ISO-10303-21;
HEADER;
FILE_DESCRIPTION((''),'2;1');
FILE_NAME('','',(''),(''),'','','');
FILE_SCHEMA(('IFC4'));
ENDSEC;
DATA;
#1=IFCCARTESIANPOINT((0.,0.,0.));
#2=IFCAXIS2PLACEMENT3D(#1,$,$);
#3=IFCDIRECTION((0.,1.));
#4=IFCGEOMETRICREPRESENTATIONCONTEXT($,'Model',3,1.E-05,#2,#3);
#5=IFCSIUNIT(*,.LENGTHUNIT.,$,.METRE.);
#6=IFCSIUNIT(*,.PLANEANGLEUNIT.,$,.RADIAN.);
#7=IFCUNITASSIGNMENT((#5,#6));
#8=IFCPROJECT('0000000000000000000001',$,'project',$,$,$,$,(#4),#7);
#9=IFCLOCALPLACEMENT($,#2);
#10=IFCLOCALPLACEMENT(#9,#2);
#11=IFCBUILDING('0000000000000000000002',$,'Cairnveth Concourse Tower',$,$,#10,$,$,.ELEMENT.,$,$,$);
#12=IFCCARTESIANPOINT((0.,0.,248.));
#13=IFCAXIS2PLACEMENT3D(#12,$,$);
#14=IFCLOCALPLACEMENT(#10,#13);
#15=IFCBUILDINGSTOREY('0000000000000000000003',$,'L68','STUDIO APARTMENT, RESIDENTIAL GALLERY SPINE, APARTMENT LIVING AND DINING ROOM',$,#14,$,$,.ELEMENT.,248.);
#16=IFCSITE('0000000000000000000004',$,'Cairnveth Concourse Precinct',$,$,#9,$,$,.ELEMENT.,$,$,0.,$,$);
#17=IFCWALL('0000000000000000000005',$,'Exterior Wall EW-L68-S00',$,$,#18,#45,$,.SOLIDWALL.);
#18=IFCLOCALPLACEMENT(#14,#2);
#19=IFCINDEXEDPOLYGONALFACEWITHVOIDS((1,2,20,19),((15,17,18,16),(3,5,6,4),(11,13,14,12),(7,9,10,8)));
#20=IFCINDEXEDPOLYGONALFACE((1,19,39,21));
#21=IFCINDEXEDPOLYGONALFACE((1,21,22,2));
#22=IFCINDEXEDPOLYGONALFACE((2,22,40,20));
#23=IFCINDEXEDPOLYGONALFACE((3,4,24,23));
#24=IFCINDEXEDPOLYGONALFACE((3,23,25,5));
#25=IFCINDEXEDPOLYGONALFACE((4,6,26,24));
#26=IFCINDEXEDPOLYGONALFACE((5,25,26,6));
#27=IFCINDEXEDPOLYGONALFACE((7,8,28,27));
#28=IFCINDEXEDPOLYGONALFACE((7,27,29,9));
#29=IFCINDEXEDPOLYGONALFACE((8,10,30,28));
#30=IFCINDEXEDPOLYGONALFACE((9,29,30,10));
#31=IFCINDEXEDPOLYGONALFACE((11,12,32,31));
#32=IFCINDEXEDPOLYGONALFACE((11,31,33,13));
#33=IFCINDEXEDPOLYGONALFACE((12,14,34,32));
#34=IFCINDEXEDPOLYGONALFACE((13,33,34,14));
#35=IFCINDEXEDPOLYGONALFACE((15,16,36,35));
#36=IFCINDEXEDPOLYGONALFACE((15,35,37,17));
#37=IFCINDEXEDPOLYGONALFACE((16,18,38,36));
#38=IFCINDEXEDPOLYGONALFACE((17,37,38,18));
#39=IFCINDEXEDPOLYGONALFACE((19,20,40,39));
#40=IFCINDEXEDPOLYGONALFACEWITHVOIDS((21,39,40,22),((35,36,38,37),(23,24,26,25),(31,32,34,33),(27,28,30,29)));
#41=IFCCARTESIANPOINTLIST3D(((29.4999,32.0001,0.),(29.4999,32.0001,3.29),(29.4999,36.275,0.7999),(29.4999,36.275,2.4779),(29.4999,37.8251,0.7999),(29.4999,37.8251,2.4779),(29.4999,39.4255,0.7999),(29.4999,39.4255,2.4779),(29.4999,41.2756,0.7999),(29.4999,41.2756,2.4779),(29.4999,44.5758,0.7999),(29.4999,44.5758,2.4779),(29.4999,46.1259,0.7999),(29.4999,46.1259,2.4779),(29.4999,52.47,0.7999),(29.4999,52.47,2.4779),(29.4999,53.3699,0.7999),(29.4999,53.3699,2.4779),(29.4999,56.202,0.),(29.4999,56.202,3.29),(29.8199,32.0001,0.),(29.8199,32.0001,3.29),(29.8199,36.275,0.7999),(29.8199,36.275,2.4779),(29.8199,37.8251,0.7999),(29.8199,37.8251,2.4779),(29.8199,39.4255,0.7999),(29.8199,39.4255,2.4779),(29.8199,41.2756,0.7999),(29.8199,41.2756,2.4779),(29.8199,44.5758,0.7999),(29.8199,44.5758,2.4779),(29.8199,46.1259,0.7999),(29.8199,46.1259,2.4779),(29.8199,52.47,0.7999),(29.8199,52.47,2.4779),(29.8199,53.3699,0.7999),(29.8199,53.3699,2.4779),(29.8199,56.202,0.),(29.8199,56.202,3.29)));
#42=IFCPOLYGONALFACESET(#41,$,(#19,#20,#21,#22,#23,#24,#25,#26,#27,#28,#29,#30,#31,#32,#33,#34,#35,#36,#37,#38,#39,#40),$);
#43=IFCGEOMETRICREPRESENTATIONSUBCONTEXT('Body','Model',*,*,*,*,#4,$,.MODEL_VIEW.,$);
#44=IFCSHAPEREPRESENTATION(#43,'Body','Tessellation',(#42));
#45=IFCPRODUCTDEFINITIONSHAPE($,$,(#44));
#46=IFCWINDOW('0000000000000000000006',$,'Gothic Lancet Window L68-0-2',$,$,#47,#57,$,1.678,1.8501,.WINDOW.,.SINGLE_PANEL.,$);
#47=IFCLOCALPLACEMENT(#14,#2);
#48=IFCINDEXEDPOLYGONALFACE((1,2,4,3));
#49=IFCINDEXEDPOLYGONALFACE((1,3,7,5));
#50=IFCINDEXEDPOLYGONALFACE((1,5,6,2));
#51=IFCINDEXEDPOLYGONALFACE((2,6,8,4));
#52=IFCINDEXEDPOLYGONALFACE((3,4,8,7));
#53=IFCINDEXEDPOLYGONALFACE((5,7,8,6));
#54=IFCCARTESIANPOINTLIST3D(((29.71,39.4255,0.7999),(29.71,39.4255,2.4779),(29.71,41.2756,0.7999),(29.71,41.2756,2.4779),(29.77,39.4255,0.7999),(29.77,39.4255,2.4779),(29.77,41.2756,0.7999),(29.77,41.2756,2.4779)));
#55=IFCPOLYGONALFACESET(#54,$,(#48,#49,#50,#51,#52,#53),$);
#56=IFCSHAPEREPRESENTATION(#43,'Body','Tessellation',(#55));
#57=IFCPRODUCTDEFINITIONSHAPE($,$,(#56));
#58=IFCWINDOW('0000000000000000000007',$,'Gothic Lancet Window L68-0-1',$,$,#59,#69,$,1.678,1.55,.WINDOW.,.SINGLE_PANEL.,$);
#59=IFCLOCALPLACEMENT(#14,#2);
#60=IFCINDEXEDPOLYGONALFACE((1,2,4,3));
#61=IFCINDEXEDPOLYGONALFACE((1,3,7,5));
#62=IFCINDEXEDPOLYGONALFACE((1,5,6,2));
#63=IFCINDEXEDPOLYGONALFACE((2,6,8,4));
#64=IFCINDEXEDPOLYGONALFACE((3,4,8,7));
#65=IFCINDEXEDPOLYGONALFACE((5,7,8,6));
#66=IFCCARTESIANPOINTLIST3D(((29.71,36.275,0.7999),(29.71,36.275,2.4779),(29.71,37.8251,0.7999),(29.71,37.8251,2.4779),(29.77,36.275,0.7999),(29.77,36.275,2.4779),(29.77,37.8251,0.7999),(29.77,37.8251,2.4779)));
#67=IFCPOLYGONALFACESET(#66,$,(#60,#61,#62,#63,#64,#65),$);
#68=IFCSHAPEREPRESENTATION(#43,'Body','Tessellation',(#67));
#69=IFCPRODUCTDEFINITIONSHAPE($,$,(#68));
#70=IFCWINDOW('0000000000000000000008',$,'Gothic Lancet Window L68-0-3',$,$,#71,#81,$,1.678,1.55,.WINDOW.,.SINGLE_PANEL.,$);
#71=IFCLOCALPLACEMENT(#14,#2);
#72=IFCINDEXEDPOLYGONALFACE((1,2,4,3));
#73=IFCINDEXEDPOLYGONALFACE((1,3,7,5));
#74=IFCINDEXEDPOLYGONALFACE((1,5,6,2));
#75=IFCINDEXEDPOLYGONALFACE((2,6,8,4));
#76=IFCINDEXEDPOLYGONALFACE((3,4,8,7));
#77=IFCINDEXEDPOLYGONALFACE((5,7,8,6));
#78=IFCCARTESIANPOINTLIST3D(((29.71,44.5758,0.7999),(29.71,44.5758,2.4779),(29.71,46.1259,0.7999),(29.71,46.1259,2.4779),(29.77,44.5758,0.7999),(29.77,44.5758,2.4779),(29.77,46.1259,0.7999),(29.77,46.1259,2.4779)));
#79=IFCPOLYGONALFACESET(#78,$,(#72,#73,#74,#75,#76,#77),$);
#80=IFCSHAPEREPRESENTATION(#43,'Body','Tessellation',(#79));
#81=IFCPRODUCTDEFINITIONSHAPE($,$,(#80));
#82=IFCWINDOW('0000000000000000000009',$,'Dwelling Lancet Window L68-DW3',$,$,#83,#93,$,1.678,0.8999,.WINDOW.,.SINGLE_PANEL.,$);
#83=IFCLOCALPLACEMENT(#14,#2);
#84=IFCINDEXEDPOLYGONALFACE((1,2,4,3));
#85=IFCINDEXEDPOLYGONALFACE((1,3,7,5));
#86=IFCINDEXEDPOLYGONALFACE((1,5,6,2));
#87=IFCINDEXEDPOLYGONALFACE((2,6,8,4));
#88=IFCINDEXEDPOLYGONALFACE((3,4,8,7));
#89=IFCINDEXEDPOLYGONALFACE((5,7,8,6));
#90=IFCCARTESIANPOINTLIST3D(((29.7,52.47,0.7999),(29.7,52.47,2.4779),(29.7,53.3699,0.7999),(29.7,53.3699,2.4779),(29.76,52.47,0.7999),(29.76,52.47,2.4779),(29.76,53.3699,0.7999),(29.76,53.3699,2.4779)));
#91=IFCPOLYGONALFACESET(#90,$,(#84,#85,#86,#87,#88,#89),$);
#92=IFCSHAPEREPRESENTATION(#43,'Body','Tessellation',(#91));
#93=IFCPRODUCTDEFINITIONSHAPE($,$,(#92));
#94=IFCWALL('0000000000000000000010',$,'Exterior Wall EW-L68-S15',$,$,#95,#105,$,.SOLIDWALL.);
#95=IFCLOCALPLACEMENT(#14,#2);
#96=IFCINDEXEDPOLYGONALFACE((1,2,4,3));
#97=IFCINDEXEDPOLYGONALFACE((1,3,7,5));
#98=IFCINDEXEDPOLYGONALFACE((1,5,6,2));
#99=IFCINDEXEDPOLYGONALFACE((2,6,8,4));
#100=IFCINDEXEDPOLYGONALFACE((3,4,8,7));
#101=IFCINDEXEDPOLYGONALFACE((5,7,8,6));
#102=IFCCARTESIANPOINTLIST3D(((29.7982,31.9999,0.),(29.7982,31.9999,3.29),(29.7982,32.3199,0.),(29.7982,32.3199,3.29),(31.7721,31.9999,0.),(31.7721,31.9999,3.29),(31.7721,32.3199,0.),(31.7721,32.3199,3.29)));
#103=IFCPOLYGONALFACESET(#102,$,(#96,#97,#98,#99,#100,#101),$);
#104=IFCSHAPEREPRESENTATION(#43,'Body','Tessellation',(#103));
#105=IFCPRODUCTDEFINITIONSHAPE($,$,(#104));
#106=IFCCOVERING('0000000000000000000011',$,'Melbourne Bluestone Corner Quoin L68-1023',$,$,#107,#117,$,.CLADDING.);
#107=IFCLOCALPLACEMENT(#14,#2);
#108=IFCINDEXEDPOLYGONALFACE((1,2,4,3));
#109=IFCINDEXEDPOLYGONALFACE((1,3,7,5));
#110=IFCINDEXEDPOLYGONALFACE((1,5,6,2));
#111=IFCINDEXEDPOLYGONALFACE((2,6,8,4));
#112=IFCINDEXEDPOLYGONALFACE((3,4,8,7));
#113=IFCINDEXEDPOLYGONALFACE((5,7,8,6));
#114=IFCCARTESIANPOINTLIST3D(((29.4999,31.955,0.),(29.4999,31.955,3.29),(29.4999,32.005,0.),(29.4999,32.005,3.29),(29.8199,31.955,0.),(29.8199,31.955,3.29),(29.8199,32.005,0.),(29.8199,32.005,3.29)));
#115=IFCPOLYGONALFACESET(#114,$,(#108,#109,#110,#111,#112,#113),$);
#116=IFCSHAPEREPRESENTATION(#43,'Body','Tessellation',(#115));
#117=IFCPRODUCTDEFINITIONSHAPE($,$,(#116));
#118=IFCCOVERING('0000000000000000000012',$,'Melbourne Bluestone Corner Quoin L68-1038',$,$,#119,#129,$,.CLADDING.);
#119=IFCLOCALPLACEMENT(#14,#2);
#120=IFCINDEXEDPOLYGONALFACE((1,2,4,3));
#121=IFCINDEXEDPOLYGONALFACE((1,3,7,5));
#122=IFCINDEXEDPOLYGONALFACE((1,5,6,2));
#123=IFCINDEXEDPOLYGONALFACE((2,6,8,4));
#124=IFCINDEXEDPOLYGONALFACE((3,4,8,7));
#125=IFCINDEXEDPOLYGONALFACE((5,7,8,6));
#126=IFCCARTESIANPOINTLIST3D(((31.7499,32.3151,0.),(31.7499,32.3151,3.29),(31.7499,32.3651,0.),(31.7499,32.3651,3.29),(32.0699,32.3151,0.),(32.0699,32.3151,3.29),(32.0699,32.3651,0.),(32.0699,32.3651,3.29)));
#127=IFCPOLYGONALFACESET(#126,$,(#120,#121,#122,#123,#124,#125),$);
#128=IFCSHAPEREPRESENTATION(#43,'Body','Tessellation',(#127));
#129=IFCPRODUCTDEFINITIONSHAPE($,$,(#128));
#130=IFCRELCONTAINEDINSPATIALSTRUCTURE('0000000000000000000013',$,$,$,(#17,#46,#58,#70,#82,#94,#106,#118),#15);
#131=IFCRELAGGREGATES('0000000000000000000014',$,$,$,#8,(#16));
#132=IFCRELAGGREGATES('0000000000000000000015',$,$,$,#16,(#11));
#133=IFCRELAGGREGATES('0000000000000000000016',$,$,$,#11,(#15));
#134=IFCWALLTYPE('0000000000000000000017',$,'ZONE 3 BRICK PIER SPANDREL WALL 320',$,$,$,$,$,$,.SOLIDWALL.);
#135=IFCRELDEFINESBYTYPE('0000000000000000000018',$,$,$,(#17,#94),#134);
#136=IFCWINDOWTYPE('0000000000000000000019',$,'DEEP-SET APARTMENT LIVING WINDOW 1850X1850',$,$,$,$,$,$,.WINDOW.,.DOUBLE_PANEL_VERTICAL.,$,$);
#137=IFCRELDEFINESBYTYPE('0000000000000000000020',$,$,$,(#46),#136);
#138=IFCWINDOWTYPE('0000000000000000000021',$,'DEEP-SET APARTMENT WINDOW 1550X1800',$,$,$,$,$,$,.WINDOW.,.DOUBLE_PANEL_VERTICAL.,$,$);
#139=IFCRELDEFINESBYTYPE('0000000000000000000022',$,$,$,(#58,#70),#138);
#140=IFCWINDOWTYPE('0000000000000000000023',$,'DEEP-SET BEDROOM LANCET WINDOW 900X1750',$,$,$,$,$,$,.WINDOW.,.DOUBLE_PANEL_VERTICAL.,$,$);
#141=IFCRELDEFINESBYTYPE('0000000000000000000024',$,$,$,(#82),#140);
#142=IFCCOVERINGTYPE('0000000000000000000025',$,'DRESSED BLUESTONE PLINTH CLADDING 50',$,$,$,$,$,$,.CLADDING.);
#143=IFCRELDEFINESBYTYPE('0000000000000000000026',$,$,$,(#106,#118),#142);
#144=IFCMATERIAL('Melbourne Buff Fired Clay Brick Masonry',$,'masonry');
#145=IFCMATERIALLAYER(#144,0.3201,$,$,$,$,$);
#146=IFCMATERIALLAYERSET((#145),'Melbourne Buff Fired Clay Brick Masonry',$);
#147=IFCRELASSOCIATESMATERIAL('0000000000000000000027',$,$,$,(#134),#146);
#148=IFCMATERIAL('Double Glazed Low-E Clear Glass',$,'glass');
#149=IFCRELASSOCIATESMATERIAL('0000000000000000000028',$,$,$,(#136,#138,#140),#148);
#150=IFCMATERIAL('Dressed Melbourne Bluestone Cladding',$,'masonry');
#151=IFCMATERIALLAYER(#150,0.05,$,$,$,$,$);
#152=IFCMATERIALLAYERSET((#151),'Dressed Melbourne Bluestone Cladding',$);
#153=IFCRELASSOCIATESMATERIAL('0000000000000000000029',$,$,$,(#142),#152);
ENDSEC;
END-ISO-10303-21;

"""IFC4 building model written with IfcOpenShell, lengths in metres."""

from ifc_helpers import new_model, si_unit, direction, frame, frame_2d, origin, place, context, subcontext, project, spatial, rectangle, extrude, material, layer, layer_set, type_object, element, fill, save


model = new_model("IFC4")

# Units and contexts
model_context = context("Model", 3, precision=1e-05, world=origin(), true_north=direction((0.0, 1.0)))
body_context = subcontext(model_context, "Body", "Model", "MODEL_VIEW")
ifc_project = project(units=[si_unit("LENGTHUNIT", "METRE"), si_unit("PLANEANGLEUNIT", "RADIAN")], contexts=[model_context])

# Site, building, storey
site_placement = place(None, origin())
site = spatial("IfcSite", under=ifc_project, at=site_placement, Name="Cairnveth Concourse Precinct", CompositionType="ELEMENT", RefElevation=0.0)
building_placement = place(site_placement, origin())
building = spatial("IfcBuilding", under=site, at=building_placement, Name="Cairnveth Concourse Tower", CompositionType="ELEMENT")
storey_placement = place(building_placement, frame((0.0, 0.0, 248.0)))
storey = spatial("IfcBuildingStorey", under=building, at=storey_placement, Name="L68", Description="STUDIO APARTMENT, RESIDENTIAL GALLERY SPINE, APARTMENT LIVING AND DINING ROOM", CompositionType="ELEMENT", Elevation=248.0)

# Wall, openings, windows
ifc_material_1 = material(Name="Melbourne Buff Fired Clay Brick Masonry", Category="masonry")
ifc_layer_1 = layer(ifc_material_1, 0.3201)
ifc_layer_set_1 = layer_set([ifc_layer_1], Name="Melbourne Buff Fired Clay Brick Masonry")
wall_type_1 = type_object("IfcWallType", Name="ZONE 3 BRICK PIER SPANDREL WALL 320", PredefinedType="SOLIDWALL", material=ifc_layer_set_1)
wall_1_placement = place(storey_placement, frame((29.6599, 32.0, 0.0), z_axis=(0.0, 0.0, 1.0), x_axis=(0.0, 1.0, 0.0)))
wall_1 = element("IfcWall", 1, at=wall_1_placement, inside=storey, type_object=wall_type_1, Name="Exterior Wall EW-L68-S00", PredefinedType="SOLIDWALL", context=body_context, shape_type="SweptSolid", body=[
    extrude(rectangle(XDim=24.2019, YDim=0.3201, at=frame_2d((12.1011, 0.0))), origin(), (0.0, 0.0, 1.0), 3.29),
])
opening_1_placement = place(wall_1_placement, frame((4.2751, 0.0, 0.8)))
opening_1 = element("IfcOpeningElement", 2, at=opening_1_placement, cuts=wall_1, PredefinedType="OPENING", context=body_context, shape_type="SweptSolid", body=[
    extrude(rectangle(XDim=1.55, YDim=1.678, at=frame_2d((0.7749, 0.8389))), frame((0.0, 0.1699, 0.0), z_axis=(0.0, -1.0, 0.0), x_axis=(1.0, 0.0, 0.0)), (0.0, 0.0, 1.0), 0.3401),
])
opening_2_placement = place(wall_1_placement, frame((7.4255, 0.0, 0.8)))
opening_2 = element("IfcOpeningElement", 3, at=opening_2_placement, cuts=wall_1, PredefinedType="OPENING", context=body_context, shape_type="SweptSolid", body=[
    extrude(rectangle(XDim=1.8501, YDim=1.678, at=frame_2d((0.925, 0.8389))), frame((0.0, 0.1699, 0.0), z_axis=(0.0, -1.0, 0.0), x_axis=(1.0, 0.0, 0.0)), (0.0, 0.0, 1.0), 0.3401),
])
opening_3_placement = place(wall_1_placement, frame((12.5759, 0.0, 0.8)))
opening_3 = element("IfcOpeningElement", 4, at=opening_3_placement, cuts=wall_1, PredefinedType="OPENING", context=body_context, shape_type="SweptSolid", body=[
    extrude(rectangle(XDim=1.55, YDim=1.678, at=frame_2d((0.7749, 0.8389))), frame((0.0, 0.1699, 0.0), z_axis=(0.0, -1.0, 0.0), x_axis=(1.0, 0.0, 0.0)), (0.0, 0.0, 1.0), 0.3401),
])
opening_4_placement = place(wall_1_placement, frame((20.47, 0.0, 0.8)))
opening_4 = element("IfcOpeningElement", 5, at=opening_4_placement, cuts=wall_1, PredefinedType="OPENING", context=body_context, shape_type="SweptSolid", body=[
    extrude(rectangle(XDim=0.8999, YDim=1.678, at=frame_2d((0.45, 0.8389))), frame((0.0, 0.1699, 0.0), z_axis=(0.0, -1.0, 0.0), x_axis=(1.0, 0.0, 0.0)), (0.0, 0.0, 1.0), 0.3401),
])
ifc_material_2 = material(Name="Double Glazed Low-E Clear Glass", Category="glass")
window_type_1 = type_object("IfcWindowType", Name="DEEP-SET APARTMENT LIVING WINDOW 1850X1850", PartitioningType="DOUBLE_PANEL_VERTICAL", PredefinedType="WINDOW", material=ifc_material_2)
window_1_placement = place(opening_2_placement, origin())
window_1 = element("IfcWindow", 6, at=window_1_placement, inside=storey, type_object=window_type_1, Name="Gothic Lancet Window L68-0-2", OverallHeight=1.678, OverallWidth=1.8501, PartitioningType="SINGLE_PANEL", PredefinedType="WINDOW", context=body_context, shape_type="SweptSolid", body=[
    extrude(rectangle(XDim=1.8501, YDim=1.678, at=frame_2d((0.925, 0.8389))), frame((0.0, -0.05, 0.0), z_axis=(0.0, -1.0, 0.0), x_axis=(1.0, 0.0, 0.0)), (0.0, 0.0, 1.0), 0.0601),
])
fill(opening_2, window_1)
window_type_2 = type_object("IfcWindowType", Name="DEEP-SET APARTMENT WINDOW 1550X1800", PartitioningType="DOUBLE_PANEL_VERTICAL", PredefinedType="WINDOW", material=ifc_material_2)
window_2_placement = place(opening_1_placement, origin())
window_2 = element("IfcWindow", 7, at=window_2_placement, inside=storey, type_object=window_type_2, Name="Gothic Lancet Window L68-0-1", OverallHeight=1.678, OverallWidth=1.55, PartitioningType="SINGLE_PANEL", PredefinedType="WINDOW", context=body_context, shape_type="SweptSolid", body=[
    extrude(rectangle(XDim=1.55, YDim=1.678, at=frame_2d((0.7749, 0.8389))), frame((0.0, -0.05, 0.0), z_axis=(0.0, -1.0, 0.0), x_axis=(1.0, 0.0, 0.0)), (0.0, 0.0, 1.0), 0.0601),
])
fill(opening_1, window_2)
window_3_placement = place(opening_3_placement, origin())
window_3 = element("IfcWindow", 8, at=window_3_placement, inside=storey, type_object=window_type_2, Name="Gothic Lancet Window L68-0-3", OverallHeight=1.678, OverallWidth=1.55, PartitioningType="SINGLE_PANEL", PredefinedType="WINDOW", context=body_context, shape_type="SweptSolid", body=[
    extrude(rectangle(XDim=1.55, YDim=1.678, at=frame_2d((0.7749, 0.8389))), frame((0.0, -0.05, 0.0), z_axis=(0.0, -1.0, 0.0), x_axis=(1.0, 0.0, 0.0)), (0.0, 0.0, 1.0), 0.0601),
])
fill(opening_3, window_3)
window_type_3 = type_object("IfcWindowType", Name="DEEP-SET BEDROOM LANCET WINDOW 900X1750", PartitioningType="DOUBLE_PANEL_VERTICAL", PredefinedType="WINDOW", material=ifc_material_2)
window_4_placement = place(opening_4_placement, origin())
window_4 = element("IfcWindow", 9, at=window_4_placement, inside=storey, type_object=window_type_3, Name="Dwelling Lancet Window L68-DW3", OverallHeight=1.678, OverallWidth=0.8999, PartitioningType="SINGLE_PANEL", PredefinedType="WINDOW", context=body_context, shape_type="SweptSolid", body=[
    extrude(rectangle(XDim=0.8999, YDim=1.678, at=frame_2d((0.45, 0.8389))), frame((0.0, -0.04, 0.0), z_axis=(0.0, -1.0, 0.0), x_axis=(1.0, 0.0, 0.0)), (0.0, 0.0, 1.0), 0.0601),
])
fill(opening_4, window_4)

# Wall
wall_2_placement = place(storey_placement, frame((31.772, 32.1599, 0.0), z_axis=(0.0, 0.0, 1.0), x_axis=(-1.0, 0.0, 0.0)))
element("IfcWall", 10, at=wall_2_placement, inside=storey, type_object=wall_type_1, Name="Exterior Wall EW-L68-S15", PredefinedType="SOLIDWALL", context=body_context, shape_type="SweptSolid", body=[
    extrude(rectangle(XDim=1.9739, YDim=0.3201, at=frame_2d((0.9868, 0.0))), origin(), (0.0, 0.0, 1.0), 3.29),
])

# Coverings
ifc_material_3 = material(Name="Dressed Melbourne Bluestone Cladding", Category="masonry")
ifc_layer_2 = layer(ifc_material_3, 0.05)
ifc_layer_set_2 = layer_set([ifc_layer_2], Name="Dressed Melbourne Bluestone Cladding")
covering_type = type_object("IfcCoveringType", Name="DRESSED BLUESTONE PLINTH CLADDING 50", PredefinedType="CLADDING", material=ifc_layer_set_2)
for number, where, z_axis, x_axis, name in (
    (11, (29.8201, 31.98, 0.0), (0.0, 0.0, 1.0), (-1.0, 0.0, 0.0), "Melbourne Bluestone Corner Quoin L68-1023"),
    (12, (32.0701, 32.3401, 0.0), (0.0, 0.0, 1.0), (-1.0, 0.0, 0.0), "Melbourne Bluestone Corner Quoin L68-1038"),
):
    element("IfcCovering", number, at=place(storey_placement, frame(where, z_axis=z_axis, x_axis=x_axis)), inside=storey, type_object=covering_type, Name=name, PredefinedType="CLADDING", context=body_context, shape_type="SweptSolid", body=[
        extrude(rectangle(XDim=0.3201, YDim=0.05, at=frame_2d((0.1602, 0.0))), origin(), (0.0, 0.0, 1.0), 3.29),
    ])

save(model, "model.ifc")
